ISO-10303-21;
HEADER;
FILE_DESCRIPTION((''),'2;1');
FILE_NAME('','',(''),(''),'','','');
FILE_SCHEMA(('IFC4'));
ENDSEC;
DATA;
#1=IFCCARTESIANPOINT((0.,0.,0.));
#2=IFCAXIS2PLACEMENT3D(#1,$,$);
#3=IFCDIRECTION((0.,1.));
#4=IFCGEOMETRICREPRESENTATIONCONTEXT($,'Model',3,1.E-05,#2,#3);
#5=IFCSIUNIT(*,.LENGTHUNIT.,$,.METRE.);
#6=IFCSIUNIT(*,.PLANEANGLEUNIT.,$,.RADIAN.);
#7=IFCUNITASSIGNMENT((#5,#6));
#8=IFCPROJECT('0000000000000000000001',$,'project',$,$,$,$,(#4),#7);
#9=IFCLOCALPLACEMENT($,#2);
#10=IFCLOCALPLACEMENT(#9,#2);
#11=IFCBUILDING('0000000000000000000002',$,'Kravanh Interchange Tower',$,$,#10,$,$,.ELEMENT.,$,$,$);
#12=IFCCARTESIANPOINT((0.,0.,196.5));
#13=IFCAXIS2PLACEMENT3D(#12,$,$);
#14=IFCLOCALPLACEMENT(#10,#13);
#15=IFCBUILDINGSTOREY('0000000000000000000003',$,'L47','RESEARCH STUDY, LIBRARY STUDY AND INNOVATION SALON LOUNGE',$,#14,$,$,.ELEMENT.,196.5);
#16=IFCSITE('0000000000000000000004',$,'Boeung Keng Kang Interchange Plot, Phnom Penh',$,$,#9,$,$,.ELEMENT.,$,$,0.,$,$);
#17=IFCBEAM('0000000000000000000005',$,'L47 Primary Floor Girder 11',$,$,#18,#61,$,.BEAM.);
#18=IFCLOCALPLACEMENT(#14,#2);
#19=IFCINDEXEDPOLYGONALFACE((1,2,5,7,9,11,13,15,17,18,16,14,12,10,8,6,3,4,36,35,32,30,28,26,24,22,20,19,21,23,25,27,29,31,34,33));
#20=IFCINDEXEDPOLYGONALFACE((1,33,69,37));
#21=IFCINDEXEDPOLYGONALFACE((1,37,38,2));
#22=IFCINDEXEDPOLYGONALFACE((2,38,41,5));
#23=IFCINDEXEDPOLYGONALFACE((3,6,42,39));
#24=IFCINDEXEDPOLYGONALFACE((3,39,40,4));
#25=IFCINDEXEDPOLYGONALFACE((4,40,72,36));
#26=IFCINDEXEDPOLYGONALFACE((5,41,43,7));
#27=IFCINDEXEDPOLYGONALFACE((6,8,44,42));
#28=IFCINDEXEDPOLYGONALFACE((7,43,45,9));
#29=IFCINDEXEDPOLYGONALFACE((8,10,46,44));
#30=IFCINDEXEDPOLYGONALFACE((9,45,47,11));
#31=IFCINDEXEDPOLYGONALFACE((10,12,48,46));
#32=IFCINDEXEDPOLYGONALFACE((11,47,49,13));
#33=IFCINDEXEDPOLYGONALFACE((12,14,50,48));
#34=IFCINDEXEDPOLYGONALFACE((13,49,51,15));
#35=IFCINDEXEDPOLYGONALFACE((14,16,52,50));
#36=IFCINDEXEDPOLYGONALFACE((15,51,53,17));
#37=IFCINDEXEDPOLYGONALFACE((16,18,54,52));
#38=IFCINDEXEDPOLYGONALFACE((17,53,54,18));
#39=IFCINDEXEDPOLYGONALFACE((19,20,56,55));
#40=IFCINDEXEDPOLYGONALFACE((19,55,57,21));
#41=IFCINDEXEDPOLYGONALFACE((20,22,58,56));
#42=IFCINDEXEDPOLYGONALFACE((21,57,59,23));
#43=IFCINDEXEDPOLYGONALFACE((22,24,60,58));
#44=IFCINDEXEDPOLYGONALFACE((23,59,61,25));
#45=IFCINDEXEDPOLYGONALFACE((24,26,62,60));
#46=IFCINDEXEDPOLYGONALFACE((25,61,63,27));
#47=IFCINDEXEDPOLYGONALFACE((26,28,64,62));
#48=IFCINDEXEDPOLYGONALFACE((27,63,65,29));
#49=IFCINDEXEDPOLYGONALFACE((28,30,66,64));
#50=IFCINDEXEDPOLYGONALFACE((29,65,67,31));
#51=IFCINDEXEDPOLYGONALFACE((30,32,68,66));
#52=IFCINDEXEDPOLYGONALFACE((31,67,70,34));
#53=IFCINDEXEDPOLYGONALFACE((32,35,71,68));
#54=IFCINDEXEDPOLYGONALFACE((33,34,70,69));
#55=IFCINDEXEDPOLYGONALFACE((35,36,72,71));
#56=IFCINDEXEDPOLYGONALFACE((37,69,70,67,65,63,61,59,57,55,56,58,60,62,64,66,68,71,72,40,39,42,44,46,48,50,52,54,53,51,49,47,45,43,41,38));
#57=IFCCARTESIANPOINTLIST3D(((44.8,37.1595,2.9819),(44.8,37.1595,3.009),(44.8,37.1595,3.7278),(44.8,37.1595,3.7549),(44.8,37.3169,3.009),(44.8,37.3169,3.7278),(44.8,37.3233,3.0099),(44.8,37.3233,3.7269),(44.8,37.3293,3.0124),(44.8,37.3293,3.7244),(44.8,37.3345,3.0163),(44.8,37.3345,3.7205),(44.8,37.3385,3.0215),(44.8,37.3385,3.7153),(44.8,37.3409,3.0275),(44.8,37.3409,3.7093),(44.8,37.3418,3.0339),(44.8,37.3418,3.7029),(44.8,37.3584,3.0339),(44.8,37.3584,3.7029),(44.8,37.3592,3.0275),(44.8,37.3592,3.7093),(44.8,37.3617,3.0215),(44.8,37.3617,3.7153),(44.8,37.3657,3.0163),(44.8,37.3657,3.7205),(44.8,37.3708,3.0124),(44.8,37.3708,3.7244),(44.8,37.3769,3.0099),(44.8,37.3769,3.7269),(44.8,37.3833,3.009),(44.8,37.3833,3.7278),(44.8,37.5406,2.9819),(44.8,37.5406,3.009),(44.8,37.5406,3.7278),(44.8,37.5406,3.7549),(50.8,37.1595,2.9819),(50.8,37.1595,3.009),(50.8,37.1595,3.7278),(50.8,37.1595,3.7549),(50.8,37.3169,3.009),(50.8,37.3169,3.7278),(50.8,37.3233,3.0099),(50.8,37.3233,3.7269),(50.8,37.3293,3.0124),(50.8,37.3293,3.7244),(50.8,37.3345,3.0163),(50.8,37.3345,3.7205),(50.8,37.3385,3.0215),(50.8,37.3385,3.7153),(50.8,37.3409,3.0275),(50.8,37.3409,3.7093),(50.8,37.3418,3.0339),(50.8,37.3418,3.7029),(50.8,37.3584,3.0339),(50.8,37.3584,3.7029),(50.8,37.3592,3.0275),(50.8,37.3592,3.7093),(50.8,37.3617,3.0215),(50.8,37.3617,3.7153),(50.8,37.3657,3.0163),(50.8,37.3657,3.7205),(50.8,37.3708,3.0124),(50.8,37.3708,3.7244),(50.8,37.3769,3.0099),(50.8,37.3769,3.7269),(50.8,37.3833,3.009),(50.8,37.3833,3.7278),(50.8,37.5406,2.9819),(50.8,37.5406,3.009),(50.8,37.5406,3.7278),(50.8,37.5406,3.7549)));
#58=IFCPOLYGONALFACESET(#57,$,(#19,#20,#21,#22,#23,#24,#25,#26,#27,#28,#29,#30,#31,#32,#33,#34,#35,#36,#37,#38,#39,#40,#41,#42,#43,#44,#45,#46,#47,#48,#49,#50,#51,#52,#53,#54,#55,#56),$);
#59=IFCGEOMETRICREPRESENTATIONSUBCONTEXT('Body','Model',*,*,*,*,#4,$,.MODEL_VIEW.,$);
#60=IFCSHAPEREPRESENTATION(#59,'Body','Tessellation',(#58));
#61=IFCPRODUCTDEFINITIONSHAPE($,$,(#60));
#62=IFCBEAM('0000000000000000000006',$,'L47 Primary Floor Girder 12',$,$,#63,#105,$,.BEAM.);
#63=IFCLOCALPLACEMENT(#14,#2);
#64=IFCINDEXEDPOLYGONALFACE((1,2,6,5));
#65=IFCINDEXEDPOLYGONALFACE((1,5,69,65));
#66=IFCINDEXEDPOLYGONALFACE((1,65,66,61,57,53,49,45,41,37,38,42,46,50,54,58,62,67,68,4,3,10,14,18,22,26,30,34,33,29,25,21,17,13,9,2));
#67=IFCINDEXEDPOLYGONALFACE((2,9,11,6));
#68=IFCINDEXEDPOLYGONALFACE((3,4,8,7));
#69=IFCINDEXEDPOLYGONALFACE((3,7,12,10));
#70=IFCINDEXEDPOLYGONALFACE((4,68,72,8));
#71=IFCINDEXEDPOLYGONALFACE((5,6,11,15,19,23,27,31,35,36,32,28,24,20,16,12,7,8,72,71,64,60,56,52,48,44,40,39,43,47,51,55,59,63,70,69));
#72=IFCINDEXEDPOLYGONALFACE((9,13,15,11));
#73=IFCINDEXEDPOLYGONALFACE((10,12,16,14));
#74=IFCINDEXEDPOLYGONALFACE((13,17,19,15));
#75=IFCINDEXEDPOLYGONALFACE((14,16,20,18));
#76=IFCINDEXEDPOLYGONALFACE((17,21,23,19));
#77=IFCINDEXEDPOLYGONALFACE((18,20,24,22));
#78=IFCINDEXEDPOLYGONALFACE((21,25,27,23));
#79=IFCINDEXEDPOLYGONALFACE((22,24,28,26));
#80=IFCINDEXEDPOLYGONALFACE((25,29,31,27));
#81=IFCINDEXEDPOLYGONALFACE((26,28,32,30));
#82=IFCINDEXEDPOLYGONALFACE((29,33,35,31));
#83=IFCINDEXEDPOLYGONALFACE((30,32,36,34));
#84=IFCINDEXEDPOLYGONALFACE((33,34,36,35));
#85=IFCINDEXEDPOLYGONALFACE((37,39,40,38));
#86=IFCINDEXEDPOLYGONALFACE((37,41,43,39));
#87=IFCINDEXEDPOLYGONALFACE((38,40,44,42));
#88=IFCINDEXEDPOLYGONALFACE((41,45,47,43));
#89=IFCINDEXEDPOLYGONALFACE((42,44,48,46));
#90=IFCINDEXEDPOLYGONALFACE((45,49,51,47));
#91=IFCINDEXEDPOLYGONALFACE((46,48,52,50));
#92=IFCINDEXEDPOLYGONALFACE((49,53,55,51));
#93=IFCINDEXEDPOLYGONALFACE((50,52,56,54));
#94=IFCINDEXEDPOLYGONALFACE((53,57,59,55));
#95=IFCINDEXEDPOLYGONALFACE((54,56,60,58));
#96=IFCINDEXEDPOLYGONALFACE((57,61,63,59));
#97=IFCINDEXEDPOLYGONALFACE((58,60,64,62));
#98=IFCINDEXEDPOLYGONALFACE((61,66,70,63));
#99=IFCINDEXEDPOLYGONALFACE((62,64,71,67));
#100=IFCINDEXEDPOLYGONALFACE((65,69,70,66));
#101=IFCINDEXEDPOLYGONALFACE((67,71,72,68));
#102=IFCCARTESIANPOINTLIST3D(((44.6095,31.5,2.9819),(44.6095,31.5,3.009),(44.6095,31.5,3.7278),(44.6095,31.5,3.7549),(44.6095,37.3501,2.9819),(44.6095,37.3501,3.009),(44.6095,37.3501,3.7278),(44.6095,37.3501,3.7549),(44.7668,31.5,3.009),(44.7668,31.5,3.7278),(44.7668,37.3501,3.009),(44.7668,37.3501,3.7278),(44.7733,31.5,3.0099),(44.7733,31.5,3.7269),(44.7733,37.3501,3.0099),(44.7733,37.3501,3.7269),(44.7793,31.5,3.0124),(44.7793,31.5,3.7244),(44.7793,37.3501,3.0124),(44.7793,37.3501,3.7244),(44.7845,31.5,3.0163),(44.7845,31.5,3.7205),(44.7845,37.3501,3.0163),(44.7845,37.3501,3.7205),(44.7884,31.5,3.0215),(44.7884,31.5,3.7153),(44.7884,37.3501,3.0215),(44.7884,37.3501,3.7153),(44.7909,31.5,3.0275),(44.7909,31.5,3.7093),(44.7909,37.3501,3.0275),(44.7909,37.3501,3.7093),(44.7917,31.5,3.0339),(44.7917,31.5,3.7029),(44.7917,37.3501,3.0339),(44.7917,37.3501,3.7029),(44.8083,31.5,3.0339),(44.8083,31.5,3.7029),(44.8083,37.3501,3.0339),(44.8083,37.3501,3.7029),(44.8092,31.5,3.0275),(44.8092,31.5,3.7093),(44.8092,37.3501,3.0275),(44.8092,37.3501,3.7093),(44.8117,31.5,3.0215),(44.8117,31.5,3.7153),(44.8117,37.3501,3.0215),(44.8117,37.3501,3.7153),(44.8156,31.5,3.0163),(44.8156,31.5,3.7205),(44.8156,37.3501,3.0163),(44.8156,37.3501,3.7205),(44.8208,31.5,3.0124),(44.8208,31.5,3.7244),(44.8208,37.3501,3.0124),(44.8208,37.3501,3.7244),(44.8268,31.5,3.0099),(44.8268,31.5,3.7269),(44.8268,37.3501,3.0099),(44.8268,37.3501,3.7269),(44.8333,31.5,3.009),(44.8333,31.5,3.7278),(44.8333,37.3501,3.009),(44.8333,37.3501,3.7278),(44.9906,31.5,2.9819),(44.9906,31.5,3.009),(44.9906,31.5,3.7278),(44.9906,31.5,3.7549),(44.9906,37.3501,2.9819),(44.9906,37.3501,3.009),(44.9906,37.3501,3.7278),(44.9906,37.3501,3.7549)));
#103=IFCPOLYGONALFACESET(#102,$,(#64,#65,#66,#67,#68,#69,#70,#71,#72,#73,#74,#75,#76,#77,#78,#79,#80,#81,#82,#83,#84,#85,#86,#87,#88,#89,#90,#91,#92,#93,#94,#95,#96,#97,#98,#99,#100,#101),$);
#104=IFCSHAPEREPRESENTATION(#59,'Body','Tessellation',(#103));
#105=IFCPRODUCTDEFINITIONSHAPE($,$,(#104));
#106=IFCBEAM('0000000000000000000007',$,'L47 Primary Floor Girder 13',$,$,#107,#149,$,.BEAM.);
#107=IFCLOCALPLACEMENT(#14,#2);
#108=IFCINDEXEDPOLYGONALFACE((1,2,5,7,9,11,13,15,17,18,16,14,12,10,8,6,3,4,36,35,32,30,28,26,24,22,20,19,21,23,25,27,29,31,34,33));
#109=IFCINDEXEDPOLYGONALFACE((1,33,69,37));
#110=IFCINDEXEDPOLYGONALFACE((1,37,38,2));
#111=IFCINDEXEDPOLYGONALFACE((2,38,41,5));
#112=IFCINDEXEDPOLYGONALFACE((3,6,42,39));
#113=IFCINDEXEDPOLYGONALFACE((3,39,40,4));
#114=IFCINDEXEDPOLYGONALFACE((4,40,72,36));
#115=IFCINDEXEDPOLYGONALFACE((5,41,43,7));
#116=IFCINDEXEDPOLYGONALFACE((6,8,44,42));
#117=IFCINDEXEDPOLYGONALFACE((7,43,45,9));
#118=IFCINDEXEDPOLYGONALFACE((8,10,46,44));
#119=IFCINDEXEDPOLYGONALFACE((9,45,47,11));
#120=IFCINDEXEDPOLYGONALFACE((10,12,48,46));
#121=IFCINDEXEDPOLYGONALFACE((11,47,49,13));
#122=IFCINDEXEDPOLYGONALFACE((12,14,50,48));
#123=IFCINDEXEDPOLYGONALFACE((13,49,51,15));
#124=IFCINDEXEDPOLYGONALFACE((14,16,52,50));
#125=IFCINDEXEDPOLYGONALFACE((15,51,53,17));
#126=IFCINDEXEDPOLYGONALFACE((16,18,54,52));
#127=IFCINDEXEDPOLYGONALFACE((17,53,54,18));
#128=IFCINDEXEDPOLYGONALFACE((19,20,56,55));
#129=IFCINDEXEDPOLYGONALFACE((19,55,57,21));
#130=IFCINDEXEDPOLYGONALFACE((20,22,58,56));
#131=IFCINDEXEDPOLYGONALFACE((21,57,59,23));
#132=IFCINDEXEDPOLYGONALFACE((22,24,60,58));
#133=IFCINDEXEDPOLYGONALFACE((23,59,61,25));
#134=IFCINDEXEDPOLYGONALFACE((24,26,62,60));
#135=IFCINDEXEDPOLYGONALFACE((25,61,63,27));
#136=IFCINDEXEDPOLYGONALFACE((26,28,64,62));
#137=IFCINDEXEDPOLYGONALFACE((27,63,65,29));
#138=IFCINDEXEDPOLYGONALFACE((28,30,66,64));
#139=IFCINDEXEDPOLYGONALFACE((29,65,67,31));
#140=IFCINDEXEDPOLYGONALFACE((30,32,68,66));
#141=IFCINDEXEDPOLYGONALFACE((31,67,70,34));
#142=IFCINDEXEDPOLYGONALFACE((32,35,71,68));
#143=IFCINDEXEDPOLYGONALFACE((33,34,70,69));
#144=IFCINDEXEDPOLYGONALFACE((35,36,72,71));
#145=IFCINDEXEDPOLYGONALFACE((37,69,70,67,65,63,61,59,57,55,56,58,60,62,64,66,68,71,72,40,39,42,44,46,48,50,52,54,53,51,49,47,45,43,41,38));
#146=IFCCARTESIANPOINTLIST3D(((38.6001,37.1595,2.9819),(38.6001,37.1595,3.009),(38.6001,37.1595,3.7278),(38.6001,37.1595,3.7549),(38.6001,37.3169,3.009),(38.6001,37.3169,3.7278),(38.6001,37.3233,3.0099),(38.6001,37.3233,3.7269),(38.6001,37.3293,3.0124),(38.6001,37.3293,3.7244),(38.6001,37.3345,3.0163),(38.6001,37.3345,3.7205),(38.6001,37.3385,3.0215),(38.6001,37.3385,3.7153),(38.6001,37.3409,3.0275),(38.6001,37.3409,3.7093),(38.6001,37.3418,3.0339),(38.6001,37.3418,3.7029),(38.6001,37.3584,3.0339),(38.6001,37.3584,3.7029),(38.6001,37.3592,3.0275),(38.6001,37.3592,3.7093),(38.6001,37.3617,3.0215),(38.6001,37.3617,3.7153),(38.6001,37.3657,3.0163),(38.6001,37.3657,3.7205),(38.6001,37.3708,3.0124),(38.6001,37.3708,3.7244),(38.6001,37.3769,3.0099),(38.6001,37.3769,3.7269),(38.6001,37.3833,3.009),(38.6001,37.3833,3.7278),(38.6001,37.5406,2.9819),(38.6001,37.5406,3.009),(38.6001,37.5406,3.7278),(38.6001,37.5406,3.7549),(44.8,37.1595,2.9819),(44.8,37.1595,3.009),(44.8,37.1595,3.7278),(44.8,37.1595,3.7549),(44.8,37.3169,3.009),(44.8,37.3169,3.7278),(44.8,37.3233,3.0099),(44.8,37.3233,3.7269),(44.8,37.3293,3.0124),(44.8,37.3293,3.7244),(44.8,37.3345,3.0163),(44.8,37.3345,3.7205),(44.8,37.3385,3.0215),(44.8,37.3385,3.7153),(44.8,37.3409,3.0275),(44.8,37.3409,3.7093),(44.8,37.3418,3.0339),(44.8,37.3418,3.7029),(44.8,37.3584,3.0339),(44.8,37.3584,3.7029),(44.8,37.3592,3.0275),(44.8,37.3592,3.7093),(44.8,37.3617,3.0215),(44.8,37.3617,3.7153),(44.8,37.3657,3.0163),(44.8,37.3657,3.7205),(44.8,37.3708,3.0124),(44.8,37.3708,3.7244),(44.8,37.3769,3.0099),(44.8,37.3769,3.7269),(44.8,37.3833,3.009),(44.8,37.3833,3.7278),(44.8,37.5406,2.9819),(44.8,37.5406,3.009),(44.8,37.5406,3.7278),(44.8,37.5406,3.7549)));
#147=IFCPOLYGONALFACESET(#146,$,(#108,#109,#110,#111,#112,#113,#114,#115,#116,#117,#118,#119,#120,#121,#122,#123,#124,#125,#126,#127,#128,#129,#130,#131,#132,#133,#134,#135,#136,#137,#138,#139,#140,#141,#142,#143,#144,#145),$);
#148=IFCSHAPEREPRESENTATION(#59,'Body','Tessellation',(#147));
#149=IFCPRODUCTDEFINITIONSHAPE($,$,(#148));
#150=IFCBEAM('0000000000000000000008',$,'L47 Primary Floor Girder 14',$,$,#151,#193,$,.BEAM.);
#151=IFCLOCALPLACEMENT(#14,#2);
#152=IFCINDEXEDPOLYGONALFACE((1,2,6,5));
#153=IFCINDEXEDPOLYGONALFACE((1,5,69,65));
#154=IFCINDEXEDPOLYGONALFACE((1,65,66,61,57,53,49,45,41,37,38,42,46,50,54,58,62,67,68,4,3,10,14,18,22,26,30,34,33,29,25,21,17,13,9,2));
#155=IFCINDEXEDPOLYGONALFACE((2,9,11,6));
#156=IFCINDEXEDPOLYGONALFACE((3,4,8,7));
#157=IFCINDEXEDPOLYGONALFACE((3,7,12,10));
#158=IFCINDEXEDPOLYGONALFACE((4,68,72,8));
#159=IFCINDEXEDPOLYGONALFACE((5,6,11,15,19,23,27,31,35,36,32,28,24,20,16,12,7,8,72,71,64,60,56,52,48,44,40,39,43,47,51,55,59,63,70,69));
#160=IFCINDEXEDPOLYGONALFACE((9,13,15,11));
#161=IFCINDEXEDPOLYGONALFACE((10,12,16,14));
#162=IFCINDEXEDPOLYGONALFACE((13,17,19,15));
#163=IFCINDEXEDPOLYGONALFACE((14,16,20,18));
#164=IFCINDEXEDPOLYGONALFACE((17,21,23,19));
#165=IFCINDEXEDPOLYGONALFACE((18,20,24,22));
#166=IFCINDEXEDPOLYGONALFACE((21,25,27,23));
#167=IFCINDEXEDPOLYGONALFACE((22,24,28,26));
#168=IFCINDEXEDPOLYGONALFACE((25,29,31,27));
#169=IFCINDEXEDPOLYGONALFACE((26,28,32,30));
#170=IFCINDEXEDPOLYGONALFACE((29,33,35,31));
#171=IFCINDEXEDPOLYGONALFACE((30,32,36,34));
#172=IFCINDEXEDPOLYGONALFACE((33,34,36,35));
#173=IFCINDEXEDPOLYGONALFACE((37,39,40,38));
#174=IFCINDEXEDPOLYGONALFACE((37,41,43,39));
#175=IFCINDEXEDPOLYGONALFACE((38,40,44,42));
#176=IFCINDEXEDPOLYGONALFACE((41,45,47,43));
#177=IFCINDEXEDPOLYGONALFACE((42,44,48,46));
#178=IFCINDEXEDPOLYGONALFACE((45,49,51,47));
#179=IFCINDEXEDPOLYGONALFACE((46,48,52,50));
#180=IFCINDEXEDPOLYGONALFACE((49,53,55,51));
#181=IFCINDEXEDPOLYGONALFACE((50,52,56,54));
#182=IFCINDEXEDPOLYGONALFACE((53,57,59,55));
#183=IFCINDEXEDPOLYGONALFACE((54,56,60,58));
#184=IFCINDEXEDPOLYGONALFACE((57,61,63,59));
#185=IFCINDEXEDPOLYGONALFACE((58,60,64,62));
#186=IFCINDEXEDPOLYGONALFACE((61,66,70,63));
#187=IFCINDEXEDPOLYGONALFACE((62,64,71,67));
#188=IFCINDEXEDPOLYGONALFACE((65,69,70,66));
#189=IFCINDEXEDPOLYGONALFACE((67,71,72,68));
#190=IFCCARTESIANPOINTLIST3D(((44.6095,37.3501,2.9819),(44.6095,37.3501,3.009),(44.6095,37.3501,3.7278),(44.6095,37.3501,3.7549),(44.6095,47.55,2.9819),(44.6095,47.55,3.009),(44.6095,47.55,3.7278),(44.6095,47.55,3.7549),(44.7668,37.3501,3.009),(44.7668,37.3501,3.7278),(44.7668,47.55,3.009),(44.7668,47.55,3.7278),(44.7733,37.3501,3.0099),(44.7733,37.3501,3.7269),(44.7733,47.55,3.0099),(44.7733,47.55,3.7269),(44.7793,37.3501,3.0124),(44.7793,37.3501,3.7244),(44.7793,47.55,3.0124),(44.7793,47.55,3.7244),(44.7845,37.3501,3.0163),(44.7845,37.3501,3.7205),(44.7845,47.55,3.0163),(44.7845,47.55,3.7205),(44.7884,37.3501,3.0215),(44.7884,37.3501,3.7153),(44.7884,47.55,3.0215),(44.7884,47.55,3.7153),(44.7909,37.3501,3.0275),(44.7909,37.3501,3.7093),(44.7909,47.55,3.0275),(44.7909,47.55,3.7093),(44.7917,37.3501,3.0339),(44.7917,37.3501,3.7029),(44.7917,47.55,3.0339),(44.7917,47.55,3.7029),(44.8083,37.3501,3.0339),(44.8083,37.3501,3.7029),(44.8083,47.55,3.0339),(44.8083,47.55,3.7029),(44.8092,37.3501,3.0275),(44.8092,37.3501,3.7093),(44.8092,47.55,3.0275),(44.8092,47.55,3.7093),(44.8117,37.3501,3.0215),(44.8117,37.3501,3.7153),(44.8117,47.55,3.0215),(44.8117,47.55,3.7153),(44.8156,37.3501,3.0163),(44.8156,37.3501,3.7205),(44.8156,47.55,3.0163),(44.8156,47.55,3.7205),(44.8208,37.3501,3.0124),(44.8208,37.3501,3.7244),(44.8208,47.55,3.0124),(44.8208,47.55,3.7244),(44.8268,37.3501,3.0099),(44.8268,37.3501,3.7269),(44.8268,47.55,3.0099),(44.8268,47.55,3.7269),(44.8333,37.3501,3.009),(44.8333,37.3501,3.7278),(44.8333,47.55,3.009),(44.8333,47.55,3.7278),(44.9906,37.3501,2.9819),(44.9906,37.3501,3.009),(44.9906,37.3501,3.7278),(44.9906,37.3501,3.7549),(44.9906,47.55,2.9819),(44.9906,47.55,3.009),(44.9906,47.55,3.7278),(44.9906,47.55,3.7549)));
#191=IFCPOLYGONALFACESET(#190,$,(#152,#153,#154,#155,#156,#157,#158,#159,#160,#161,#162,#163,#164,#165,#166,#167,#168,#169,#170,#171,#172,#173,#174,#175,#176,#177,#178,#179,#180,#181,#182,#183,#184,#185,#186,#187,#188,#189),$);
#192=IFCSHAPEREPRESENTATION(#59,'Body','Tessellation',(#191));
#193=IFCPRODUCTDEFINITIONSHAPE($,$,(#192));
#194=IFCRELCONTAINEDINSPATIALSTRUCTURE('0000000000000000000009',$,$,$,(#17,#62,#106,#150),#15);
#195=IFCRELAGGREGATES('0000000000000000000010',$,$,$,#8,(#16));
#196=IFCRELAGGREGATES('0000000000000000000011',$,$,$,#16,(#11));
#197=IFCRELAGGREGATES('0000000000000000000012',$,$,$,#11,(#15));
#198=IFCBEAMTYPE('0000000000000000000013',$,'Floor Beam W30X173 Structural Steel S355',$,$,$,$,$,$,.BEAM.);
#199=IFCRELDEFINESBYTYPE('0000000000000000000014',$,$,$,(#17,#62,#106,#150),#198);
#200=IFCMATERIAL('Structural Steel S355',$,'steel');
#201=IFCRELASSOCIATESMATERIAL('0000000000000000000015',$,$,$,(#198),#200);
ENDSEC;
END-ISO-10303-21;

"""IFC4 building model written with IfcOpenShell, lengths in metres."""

from ifc_helpers import new_model, si_unit, direction, frame, origin, origin_2d, place, context, subcontext, project, spatial, i_section, extrude, material, material_profile, profile_set, type_object, element, save


model = new_model("IFC4")

# Units and contexts
model_context = context("Model", 3, precision=1e-05, world=origin(), true_north=direction((0.0, 1.0)))
body_context = subcontext(model_context, "Body", "Model", "MODEL_VIEW")
ifc_project = project(units=[si_unit("LENGTHUNIT", "METRE"), si_unit("PLANEANGLEUNIT", "RADIAN")], contexts=[model_context])

# Site, building, storey
site_placement = place(None, origin())
site = spatial("IfcSite", under=ifc_project, at=site_placement, Name="Boeung Keng Kang Interchange Plot, Phnom Penh", CompositionType="ELEMENT", RefElevation=0.0)
building_placement = place(site_placement, origin())
building = spatial("IfcBuilding", under=site, at=building_placement, Name="Kravanh Interchange Tower", CompositionType="ELEMENT")
storey_placement = place(building_placement, frame((0.0, 0.0, 196.5)))
storey = spatial("IfcBuildingStorey", under=building, at=storey_placement, Name="L47", Description="RESEARCH STUDY, LIBRARY STUDY AND INNOVATION SALON LOUNGE", CompositionType="ELEMENT", Elevation=196.5)

# Beams
ifc_material_1 = material(Name="Structural Steel S355", Category="steel")
ifc_material_profile_1 = material_profile(ifc_material_1, i_section(OverallWidth=0.3811, OverallDepth=0.7729, WebThickness=0.0166, FlangeThickness=0.0271, FilletRadius=0.0249, at=origin_2d()), Name="W30X173")
ifc_profile_set_1 = profile_set([ifc_material_profile_1], Name="Structural Steel S355")
beam_type_1 = type_object("IfcBeamType", Name="Floor Beam W30X173 Structural Steel S355", PredefinedType="BEAM", material=ifc_profile_set_1)
beam_1_placement = place(storey_placement, frame((50.8, 37.3501, 3.3684), z_axis=(-1.0, 0.0, 0.0), x_axis=(0.0, -1.0, 0.0)))
element("IfcBeam", 1, at=beam_1_placement, inside=storey, type_object=beam_type_1, Name="L47 Primary Floor Girder 11", PredefinedType="BEAM", context=body_context, shape_type="SweptSolid", body=[
    extrude(i_section(OverallWidth=0.3811, OverallDepth=0.7729, WebThickness=0.0166, FlangeThickness=0.0271, FilletRadius=0.0249, at=origin_2d()), origin(), (0.0, 0.0, 1.0), 6.0),
])
beam_2_placement = place(storey_placement, frame((44.8, 37.3501, 3.3684), z_axis=(0.0, -1.0, 0.0), x_axis=(1.0, 0.0, 0.0)))
element("IfcBeam", 2, at=beam_2_placement, inside=storey, type_object=beam_type_1, Name="L47 Primary Floor Girder 12", PredefinedType="BEAM", context=body_context, shape_type="SweptSolid", body=[
    extrude(i_section(OverallWidth=0.3811, OverallDepth=0.7729, WebThickness=0.0166, FlangeThickness=0.0271, FilletRadius=0.0249, at=origin_2d()), origin(), (0.0, 0.0, 1.0), 5.8501),
])
beam_3_placement = place(storey_placement, frame((44.8, 37.3501, 3.3684), z_axis=(-1.0, 0.0, 0.0), x_axis=(0.0, -1.0, 0.0)))
element("IfcBeam", 3, at=beam_3_placement, inside=storey, type_object=beam_type_1, Name="L47 Primary Floor Girder 13", PredefinedType="BEAM", context=body_context, shape_type="SweptSolid", body=[
    extrude(i_section(OverallWidth=0.3811, OverallDepth=0.7729, WebThickness=0.0166, FlangeThickness=0.0271, FilletRadius=0.0249, at=origin_2d()), origin(), (0.0, 0.0, 1.0), 6.2),
])
beam_4_placement = place(storey_placement, frame((44.8, 37.3501, 3.3684), z_axis=(0.0, 1.0, 0.0), x_axis=(-1.0, 0.0, 0.0)))
element("IfcBeam", 4, at=beam_4_placement, inside=storey, type_object=beam_type_1, Name="L47 Primary Floor Girder 14", PredefinedType="BEAM", context=body_context, shape_type="SweptSolid", body=[
    extrude(i_section(OverallWidth=0.3811, OverallDepth=0.7729, WebThickness=0.0166, FlangeThickness=0.0271, FilletRadius=0.0249, at=origin_2d()), origin(), (0.0, 0.0, 1.0), 10.2),
])

save(model, "model.ifc")
